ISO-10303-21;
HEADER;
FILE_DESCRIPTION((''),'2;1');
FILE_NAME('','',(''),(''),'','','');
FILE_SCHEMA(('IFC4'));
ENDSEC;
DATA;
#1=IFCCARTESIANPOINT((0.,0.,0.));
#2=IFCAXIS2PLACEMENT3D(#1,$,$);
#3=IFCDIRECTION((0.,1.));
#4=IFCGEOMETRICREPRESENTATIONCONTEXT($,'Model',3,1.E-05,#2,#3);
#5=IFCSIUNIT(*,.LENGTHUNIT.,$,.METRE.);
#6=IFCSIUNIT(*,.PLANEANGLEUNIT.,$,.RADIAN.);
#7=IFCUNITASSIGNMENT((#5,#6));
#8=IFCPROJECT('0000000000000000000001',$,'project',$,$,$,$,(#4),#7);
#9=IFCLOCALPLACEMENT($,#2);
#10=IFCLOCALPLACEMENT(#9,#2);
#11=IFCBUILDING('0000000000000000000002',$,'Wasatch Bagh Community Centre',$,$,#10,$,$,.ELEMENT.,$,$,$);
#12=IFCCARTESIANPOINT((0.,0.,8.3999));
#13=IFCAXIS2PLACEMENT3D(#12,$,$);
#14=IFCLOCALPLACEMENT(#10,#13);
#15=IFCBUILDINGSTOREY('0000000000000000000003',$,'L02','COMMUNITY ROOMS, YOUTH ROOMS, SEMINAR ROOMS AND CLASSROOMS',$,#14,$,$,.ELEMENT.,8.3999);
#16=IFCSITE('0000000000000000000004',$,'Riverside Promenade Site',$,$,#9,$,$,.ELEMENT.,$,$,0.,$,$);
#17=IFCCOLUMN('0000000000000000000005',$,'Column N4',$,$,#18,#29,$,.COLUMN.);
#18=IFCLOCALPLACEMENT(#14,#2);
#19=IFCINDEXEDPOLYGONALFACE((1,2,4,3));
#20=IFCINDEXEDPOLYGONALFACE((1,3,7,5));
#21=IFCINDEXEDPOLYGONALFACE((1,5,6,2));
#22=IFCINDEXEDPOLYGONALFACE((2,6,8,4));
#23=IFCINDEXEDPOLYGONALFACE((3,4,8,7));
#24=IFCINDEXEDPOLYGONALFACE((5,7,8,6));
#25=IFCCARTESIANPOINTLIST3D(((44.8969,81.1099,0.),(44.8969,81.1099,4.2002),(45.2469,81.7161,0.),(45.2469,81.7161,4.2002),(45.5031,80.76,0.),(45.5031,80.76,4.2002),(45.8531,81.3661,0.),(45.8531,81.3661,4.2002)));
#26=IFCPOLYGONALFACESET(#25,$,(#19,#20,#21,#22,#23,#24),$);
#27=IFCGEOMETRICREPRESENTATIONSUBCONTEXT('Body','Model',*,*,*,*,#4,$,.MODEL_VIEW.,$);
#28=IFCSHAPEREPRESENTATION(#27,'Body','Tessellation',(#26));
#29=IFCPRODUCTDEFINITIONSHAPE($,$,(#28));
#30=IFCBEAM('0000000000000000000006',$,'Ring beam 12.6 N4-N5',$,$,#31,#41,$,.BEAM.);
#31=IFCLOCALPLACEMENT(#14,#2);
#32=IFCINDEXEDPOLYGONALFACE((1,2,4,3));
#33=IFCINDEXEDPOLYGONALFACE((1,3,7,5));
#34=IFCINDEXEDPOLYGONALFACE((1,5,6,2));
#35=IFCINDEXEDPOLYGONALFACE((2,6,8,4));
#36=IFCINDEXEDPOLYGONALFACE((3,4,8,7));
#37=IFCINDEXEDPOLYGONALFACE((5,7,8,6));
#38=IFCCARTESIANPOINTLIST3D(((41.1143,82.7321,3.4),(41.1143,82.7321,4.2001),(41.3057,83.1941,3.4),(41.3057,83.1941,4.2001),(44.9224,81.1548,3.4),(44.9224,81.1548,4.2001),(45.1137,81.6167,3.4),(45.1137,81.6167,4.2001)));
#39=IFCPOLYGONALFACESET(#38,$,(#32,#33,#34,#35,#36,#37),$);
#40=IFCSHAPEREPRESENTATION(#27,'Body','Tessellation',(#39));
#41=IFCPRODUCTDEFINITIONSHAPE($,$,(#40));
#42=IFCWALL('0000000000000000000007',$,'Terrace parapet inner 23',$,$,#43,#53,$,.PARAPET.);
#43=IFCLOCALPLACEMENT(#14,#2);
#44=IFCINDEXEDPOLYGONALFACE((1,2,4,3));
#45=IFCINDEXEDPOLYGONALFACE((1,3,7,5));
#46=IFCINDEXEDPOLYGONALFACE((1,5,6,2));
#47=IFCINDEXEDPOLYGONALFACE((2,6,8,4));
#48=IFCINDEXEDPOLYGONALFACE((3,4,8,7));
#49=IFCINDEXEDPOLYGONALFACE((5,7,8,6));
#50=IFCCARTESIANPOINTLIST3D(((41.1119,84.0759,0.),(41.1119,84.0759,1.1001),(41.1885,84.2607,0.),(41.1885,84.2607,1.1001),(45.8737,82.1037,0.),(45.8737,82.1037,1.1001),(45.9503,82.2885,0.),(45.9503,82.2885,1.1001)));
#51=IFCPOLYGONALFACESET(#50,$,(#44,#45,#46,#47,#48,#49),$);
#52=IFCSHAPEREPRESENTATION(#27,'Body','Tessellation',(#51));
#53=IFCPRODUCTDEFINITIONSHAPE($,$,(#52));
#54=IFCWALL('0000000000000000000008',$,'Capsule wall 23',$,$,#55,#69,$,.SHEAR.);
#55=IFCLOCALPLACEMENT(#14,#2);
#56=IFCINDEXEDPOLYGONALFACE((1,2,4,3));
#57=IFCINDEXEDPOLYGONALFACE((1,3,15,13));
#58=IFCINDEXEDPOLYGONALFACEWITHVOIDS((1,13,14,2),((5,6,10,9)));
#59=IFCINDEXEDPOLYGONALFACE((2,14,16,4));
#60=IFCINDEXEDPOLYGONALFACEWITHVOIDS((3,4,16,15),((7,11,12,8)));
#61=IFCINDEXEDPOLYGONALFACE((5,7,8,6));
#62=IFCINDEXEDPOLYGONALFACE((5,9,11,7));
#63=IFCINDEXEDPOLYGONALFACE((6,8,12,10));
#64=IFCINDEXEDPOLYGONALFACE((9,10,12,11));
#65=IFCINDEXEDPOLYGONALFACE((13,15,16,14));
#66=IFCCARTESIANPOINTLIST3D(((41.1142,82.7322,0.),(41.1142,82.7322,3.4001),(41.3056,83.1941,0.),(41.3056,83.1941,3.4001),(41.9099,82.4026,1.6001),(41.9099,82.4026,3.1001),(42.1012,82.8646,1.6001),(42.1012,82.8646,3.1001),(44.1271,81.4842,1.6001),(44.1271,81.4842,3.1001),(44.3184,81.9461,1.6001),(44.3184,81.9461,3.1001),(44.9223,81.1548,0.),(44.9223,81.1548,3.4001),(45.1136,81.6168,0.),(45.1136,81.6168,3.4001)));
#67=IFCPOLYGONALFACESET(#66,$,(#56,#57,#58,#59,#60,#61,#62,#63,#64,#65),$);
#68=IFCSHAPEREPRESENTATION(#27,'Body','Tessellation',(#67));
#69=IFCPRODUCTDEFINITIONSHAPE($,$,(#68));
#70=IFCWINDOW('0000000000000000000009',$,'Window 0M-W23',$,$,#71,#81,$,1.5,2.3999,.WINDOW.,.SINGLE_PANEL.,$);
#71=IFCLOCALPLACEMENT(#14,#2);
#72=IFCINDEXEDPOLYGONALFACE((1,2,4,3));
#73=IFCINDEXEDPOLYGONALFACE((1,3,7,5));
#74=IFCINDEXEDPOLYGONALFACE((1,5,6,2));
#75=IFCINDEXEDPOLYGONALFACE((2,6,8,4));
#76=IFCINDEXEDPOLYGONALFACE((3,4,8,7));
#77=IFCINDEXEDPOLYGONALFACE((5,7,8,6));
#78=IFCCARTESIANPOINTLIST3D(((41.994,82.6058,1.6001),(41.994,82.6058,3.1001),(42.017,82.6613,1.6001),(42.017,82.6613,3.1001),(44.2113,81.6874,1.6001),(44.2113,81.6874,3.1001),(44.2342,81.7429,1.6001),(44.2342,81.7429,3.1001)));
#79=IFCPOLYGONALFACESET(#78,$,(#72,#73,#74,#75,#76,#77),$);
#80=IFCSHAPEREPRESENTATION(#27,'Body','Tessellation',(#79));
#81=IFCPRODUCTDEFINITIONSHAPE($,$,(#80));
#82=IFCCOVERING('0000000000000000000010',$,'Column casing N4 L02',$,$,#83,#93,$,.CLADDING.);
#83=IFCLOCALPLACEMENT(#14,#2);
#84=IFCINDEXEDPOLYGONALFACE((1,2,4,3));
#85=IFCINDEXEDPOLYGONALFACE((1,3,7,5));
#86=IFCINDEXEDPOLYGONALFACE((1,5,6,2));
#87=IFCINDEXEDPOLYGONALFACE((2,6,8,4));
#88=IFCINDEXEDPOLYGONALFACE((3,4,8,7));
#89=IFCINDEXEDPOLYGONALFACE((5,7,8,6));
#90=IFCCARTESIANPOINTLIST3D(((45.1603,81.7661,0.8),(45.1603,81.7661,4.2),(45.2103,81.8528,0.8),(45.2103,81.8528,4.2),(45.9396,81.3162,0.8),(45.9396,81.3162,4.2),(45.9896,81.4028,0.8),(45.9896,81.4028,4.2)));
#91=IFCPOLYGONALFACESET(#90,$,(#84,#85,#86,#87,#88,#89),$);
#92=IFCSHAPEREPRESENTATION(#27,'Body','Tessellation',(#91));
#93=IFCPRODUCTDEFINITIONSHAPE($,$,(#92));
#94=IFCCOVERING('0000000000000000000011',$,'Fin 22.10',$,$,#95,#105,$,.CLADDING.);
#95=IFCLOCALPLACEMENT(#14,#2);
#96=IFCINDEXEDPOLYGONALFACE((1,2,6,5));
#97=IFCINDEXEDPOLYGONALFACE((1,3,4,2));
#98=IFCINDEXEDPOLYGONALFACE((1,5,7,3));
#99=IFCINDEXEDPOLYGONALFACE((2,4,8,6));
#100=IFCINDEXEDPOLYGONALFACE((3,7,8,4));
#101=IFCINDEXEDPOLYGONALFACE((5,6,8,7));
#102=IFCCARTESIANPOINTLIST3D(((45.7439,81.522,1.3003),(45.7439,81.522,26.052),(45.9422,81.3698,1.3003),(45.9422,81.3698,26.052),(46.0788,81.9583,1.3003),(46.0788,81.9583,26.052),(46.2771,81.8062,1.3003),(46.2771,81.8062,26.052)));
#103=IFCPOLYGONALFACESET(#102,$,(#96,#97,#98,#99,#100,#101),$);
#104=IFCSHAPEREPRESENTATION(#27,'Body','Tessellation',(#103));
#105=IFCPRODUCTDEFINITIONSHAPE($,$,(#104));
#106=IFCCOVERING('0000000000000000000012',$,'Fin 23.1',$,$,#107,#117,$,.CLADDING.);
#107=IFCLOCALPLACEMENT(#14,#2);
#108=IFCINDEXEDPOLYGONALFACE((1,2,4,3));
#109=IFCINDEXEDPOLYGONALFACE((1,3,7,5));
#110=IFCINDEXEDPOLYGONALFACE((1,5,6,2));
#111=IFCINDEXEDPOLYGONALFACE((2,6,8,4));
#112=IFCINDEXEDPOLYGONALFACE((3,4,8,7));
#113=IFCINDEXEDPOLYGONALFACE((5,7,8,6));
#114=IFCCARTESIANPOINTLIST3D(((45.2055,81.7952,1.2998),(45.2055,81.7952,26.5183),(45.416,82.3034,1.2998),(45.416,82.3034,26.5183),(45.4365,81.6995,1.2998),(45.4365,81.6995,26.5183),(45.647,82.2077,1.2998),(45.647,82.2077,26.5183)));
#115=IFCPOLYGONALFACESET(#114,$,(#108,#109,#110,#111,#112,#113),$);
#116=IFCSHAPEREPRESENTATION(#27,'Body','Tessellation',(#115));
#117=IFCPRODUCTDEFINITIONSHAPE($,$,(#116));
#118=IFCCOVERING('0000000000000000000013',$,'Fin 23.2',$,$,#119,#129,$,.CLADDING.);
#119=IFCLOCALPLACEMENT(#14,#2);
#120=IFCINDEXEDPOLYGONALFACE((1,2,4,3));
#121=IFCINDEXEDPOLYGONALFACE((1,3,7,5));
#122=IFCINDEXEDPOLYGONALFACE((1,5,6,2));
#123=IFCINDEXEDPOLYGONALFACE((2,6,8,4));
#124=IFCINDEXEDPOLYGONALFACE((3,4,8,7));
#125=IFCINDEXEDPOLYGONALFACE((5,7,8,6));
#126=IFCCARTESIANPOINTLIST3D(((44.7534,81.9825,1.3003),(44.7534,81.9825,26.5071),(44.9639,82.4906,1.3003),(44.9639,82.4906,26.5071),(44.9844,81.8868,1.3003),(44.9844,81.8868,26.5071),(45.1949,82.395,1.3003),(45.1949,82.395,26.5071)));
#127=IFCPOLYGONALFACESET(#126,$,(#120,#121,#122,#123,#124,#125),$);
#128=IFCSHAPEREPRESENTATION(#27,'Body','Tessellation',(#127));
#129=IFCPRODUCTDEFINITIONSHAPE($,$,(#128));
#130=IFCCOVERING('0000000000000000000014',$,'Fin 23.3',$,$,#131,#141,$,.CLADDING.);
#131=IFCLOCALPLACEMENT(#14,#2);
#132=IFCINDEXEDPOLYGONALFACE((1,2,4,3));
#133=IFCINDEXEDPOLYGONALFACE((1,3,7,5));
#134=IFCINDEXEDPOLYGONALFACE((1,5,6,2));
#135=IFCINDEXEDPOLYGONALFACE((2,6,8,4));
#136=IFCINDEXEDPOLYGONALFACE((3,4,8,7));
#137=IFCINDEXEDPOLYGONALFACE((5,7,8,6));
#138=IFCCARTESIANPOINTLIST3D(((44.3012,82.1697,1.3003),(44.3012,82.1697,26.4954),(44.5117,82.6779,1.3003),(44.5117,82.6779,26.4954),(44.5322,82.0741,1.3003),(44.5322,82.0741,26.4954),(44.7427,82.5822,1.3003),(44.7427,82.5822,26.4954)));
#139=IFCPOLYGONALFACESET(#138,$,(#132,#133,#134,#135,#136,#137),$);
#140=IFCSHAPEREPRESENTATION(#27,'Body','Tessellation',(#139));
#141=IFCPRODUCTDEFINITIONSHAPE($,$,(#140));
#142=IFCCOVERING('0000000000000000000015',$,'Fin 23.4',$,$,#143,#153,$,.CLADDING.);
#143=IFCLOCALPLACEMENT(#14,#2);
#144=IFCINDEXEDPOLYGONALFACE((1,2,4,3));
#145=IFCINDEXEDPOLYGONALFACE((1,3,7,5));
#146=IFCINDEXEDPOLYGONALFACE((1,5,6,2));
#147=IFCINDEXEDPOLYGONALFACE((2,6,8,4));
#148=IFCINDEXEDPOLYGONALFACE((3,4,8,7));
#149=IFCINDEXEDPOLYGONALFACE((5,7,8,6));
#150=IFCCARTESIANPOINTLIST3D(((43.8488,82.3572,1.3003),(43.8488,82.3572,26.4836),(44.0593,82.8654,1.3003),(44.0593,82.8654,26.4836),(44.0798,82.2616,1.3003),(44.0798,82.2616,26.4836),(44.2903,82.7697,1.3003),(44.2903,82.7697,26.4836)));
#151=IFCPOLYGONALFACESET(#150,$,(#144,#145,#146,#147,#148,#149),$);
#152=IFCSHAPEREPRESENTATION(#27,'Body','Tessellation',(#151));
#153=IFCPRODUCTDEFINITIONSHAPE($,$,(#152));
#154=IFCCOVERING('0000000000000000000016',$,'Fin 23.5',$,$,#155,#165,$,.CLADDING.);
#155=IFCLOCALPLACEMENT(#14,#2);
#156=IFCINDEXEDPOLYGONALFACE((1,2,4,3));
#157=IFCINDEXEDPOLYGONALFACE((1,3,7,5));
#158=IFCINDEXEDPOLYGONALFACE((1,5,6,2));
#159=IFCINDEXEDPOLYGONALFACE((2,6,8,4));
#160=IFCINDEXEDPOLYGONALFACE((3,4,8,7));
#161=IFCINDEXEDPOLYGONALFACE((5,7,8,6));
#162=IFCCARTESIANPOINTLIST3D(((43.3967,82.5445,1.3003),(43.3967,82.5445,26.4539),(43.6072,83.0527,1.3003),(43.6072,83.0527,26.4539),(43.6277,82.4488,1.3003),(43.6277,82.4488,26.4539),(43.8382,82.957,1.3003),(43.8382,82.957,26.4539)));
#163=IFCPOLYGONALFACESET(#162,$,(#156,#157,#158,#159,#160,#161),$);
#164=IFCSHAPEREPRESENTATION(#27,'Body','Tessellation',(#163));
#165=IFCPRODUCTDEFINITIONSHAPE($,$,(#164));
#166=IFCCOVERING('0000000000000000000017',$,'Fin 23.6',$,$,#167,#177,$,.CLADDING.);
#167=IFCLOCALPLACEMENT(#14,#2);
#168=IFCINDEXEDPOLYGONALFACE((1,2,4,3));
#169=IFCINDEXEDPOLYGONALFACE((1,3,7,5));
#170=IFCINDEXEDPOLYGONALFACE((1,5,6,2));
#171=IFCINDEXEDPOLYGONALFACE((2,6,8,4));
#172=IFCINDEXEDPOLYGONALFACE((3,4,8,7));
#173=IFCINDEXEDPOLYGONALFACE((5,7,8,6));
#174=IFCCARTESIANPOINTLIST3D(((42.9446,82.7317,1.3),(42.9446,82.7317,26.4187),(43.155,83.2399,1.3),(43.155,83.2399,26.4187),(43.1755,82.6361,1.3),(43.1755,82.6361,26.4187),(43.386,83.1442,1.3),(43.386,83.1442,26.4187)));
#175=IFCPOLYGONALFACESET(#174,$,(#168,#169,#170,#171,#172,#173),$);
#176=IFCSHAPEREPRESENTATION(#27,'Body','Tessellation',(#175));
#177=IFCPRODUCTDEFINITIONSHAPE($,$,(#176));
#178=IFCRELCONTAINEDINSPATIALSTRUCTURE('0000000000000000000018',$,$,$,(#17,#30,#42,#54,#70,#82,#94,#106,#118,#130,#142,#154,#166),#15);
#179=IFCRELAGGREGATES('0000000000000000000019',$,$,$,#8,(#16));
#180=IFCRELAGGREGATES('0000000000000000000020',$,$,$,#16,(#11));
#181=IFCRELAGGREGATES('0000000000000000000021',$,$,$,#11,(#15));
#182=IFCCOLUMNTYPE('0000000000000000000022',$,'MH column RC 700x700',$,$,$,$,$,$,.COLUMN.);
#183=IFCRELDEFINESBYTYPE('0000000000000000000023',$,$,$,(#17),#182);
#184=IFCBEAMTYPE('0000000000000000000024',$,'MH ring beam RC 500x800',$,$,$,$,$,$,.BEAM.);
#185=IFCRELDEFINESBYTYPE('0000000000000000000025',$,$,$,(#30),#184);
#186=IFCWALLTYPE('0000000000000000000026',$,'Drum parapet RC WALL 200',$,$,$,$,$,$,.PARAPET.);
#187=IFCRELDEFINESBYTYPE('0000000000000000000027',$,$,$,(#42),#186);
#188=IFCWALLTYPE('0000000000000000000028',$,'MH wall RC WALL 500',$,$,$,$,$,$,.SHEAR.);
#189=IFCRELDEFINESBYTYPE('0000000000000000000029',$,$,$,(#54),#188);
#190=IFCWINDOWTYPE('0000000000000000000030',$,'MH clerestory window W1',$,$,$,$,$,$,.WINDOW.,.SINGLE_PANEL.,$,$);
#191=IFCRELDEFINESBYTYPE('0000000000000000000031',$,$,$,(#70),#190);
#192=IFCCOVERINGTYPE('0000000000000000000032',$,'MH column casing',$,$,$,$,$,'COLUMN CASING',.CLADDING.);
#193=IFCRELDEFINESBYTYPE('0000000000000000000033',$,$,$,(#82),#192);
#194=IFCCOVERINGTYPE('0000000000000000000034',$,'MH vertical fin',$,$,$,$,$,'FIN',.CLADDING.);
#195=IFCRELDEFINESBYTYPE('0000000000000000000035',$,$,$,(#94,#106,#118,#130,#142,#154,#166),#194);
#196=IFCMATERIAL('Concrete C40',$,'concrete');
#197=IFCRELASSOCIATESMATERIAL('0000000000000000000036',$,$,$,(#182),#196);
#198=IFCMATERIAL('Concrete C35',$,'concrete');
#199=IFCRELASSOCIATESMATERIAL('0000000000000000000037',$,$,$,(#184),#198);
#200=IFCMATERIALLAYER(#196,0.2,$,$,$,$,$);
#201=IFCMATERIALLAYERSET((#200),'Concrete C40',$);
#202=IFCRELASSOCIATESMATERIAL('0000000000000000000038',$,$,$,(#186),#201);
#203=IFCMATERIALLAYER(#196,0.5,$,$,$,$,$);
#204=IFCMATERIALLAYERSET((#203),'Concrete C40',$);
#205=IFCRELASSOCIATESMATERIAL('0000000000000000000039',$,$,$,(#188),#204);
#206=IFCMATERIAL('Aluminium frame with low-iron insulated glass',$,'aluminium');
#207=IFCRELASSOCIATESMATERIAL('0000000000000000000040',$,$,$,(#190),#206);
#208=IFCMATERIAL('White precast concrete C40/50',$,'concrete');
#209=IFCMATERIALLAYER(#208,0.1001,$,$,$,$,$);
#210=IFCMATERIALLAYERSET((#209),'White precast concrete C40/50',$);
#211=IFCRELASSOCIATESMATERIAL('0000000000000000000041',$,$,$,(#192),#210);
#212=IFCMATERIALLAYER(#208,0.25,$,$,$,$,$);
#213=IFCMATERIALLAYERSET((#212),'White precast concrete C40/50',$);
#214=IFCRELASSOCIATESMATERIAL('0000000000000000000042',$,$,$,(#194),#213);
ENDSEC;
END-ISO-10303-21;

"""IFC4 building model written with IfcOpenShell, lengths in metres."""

from ifc_helpers import new_model, si_unit, direction, frame, frame_2d, origin, origin_2d, place, context, subcontext, project, spatial, rectangle, extrude, material, layer, layer_set, material_profile, profile_set, type_object, element, fill, save


model = new_model("IFC4")

# Units and contexts
model_context = context("Model", 3, precision=1e-05, world=origin(), true_north=direction((0.0, 1.0)))
body_context = subcontext(model_context, "Body", "Model", "MODEL_VIEW")
ifc_project = project(units=[si_unit("LENGTHUNIT", "METRE"), si_unit("PLANEANGLEUNIT", "RADIAN")], contexts=[model_context])

# Site, building, storey
site_placement = place(None, origin())
site = spatial("IfcSite", under=ifc_project, at=site_placement, Name="Riverside Promenade Site", CompositionType="ELEMENT", RefElevation=0.0)
building_placement = place(site_placement, origin())
building = spatial("IfcBuilding", under=site, at=building_placement, Name="Wasatch Bagh Community Centre", CompositionType="ELEMENT")
storey_placement = place(building_placement, frame((0.0, 0.0, 8.3999)))
storey = spatial("IfcBuildingStorey", under=building, at=storey_placement, Name="L02", Description="COMMUNITY ROOMS, YOUTH ROOMS, SEMINAR ROOMS AND CLASSROOMS", CompositionType="ELEMENT", Elevation=8.3999)

# Column
ifc_material_1 = material(Name="Concrete C40", Category="concrete")
ifc_material_profile_1 = material_profile(ifc_material_1, rectangle(XDim=0.7, YDim=0.7, at=origin_2d()), Name="RC 700x700")
ifc_profile_set_1 = profile_set([ifc_material_profile_1], Name="Concrete C40")
column_type = type_object("IfcColumnType", Name="MH column RC 700x700", PredefinedType="COLUMN", material=ifc_profile_set_1)
column_placement = place(storey_placement, frame((45.375, 81.238, 0.0), z_axis=(0.0, 0.0, 1.0), x_axis=(0.5, 0.866025, 0.0)))
element("IfcColumn", 1, at=column_placement, inside=storey, type_object=column_type, Name="Column N4", PredefinedType="COLUMN", context=body_context, shape_type="SweptSolid", body=[
    extrude(rectangle(XDim=0.7, YDim=0.7, at=origin_2d()), origin(), (0.0, 0.0, 1.0), 4.2002),
])

# Beam
ifc_material_2 = material(Name="Concrete C35", Category="concrete")
ifc_material_profile_2 = material_profile(ifc_material_2, rectangle(XDim=0.5, YDim=0.8, at=origin_2d()), Name="RC 500x800")
ifc_profile_set_2 = profile_set([ifc_material_profile_2], Name="Concrete C35")
beam_type = type_object("IfcBeamType", Name="MH ring beam RC 500x800", PredefinedType="BEAM", material=ifc_profile_set_2)
beam_placement = place(storey_placement, frame((45.0181, 81.3857, 3.8), z_axis=(-0.923878, 0.382688, 0.0), x_axis=(-0.382688, -0.923878, 0.0)))
element("IfcBeam", 2, at=beam_placement, inside=storey, type_object=beam_type, Name="Ring beam 12.6 N4-N5", PredefinedType="BEAM", context=body_context, shape_type="SweptSolid", body=[
    extrude(rectangle(XDim=0.5, YDim=0.8, at=origin_2d()), origin(), (0.0, 0.0, 1.0), 4.1218),
])

# Wall
ifc_layer_1 = layer(ifc_material_1, 0.2)
ifc_layer_set_1 = layer_set([ifc_layer_1], Name="Concrete C40")
wall_type_1 = type_object("IfcWallType", Name="Drum parapet RC WALL 200", PredefinedType="PARAPET", material=ifc_layer_set_1)
wall_1_placement = place(storey_placement, frame((45.9121, 82.196, 0.0), z_axis=(0.0, 0.0, 1.0), x_axis=(-0.923893, 0.38265, 0.0)))
element("IfcWall", 3, at=wall_1_placement, inside=storey, type_object=wall_type_1, Name="Terrace parapet inner 23", PredefinedType="PARAPET", context=body_context, shape_type="SweptSolid", body=[
    extrude(rectangle(XDim=5.1541, YDim=0.2, at=frame_2d((2.5771, 0.0))), origin(), (0.0, 0.0, 1.0), 1.1001),
])

# Wall, opening, window
ifc_layer_2 = layer(ifc_material_1, 0.5)
ifc_layer_set_2 = layer_set([ifc_layer_2], Name="Concrete C40")
wall_type_2 = type_object("IfcWallType", Name="MH wall RC WALL 500", PredefinedType="SHEAR", material=ifc_layer_set_2)
wall_2_placement = place(storey_placement, frame((45.0181, 81.3857, 0.0), z_axis=(0.0, 0.0, 1.0), x_axis=(-0.923878, 0.382688, 0.0)))
wall_2 = element("IfcWall", 4, at=wall_2_placement, inside=storey, type_object=wall_type_2, Name="Capsule wall 23", PredefinedType="SHEAR", context=body_context, shape_type="SweptSolid", body=[
    extrude(rectangle(XDim=4.1218, YDim=0.5, at=frame_2d((2.061, 0.0))), origin(), (0.0, 0.0, 1.0), 3.4001),
])
opening_placement = place(wall_2_placement, frame((0.8608, 0.0, 1.6001)))
opening = element("IfcOpeningElement", 5, at=opening_placement, cuts=wall_2, PredefinedType="OPENING", context=body_context, shape_type="SweptSolid", body=[
    extrude(rectangle(XDim=2.3999, YDim=1.5, at=frame_2d((1.2, 0.75))), frame((0.0, 0.26, 0.0), z_axis=(0.0, -1.0, 0.0), x_axis=(1.0, 0.0, 0.0)), (0.0, 0.0, 1.0), 0.52),
])
ifc_material_3 = material(Name="Aluminium frame with low-iron insulated glass", Category="aluminium")
window_type = type_object("IfcWindowType", Name="MH clerestory window W1", PartitioningType="SINGLE_PANEL", PredefinedType="WINDOW", material=ifc_material_3)
window_placement = place(opening_placement, origin())
window = element("IfcWindow", 6, at=window_placement, inside=storey, type_object=window_type, Name="Window 0M-W23", OverallHeight=1.5, OverallWidth=2.3999, PartitioningType="SINGLE_PANEL", PredefinedType="WINDOW", context=body_context, shape_type="SweptSolid", body=[
    extrude(rectangle(XDim=2.3999, YDim=1.5, at=frame_2d((1.2, 0.75))), frame((0.0, 0.03, 0.0), z_axis=(0.0, -1.0, 0.0), x_axis=(1.0, 0.0, 0.0)), (0.0, 0.0, 1.0), 0.0601),
])
fill(opening, window)

# Coverings
ifc_material_4 = material(Name="White precast concrete C40/50", Category="concrete")
ifc_layer_3 = layer(ifc_material_4, 0.1001)
ifc_layer_set_3 = layer_set([ifc_layer_3], Name="White precast concrete C40/50")
covering_type_1 = type_object("IfcCoveringType", Name="MH column casing", ElementType="COLUMN CASING", PredefinedType="CLADDING", material=ifc_layer_set_3)
covering_1_placement = place(storey_placement, frame((45.575, 81.5845, 0.8), z_axis=(0.0, 0.0, 1.0), x_axis=(-0.866025, 0.5, 0.0)))
element("IfcCovering", 7, at=covering_1_placement, inside=storey, type_object=covering_type_1, Name="Column casing N4 L02", PredefinedType="CLADDING", context=body_context, shape_type="SweptSolid", body=[
    extrude(rectangle(XDim=0.8999, YDim=0.1001, at=origin_2d()), origin(), (0.0, 0.0, 1.0), 3.3999),
])
ifc_layer_4 = layer(ifc_material_4, 0.25)
ifc_layer_set_4 = layer_set([ifc_layer_4], Name="White precast concrete C40/50")
covering_type_2 = type_object("IfcCoveringType", Name="MH vertical fin", ElementType="FIN", PredefinedType="CLADDING", material=ifc_layer_set_4)
covering_2_placement = place(storey_placement, frame((46.0105, 81.6641, 1.3003), z_axis=(0.0, 0.0, 1.0), x_axis=(-0.793353, 0.608761, 0.0)))
element("IfcCovering", 8, at=covering_2_placement, inside=storey, type_object=covering_type_2, Name="Fin 22.10", PredefinedType="CLADDING", context=body_context, shape_type="SweptSolid", body=[
    extrude(rectangle(XDim=0.25, YDim=0.55, at=origin_2d()), origin(), (0.0, 0.0, 1.0), 24.7517),
])
covering_3_placement = place(storey_placement, frame((45.4263, 82.0015, 1.2998), z_axis=(0.0, 0.0, 1.0), x_axis=(-0.92388, 0.382683, 0.0)))
element("IfcCovering", 9, at=covering_3_placement, inside=storey, type_object=covering_type_2, Name="Fin 23.1", PredefinedType="CLADDING", context=body_context, shape_type="SweptSolid", body=[
    extrude(rectangle(XDim=0.25, YDim=0.55, at=origin_2d()), origin(), (0.0, 0.0, 1.0), 25.2185),
])
covering_4_placement = place(storey_placement, frame((44.9741, 82.1887, 1.3003), z_axis=(0.0, 0.0, 1.0), x_axis=(-0.92388, 0.382683, 0.0)))
element("IfcCovering", 10, at=covering_4_placement, inside=storey, type_object=covering_type_2, Name="Fin 23.2", PredefinedType="CLADDING", context=body_context, shape_type="SweptSolid", body=[
    extrude(rectangle(XDim=0.25, YDim=0.55, at=origin_2d()), origin(), (0.0, 0.0, 1.0), 25.2068),
])
covering_5_placement = place(storey_placement, frame((44.522, 82.376, 1.3003), z_axis=(0.0, 0.0, 1.0), x_axis=(-0.92388, 0.382683, 0.0)))
element("IfcCovering", 11, at=covering_5_placement, inside=storey, type_object=covering_type_2, Name="Fin 23.3", PredefinedType="CLADDING", context=body_context, shape_type="SweptSolid", body=[
    extrude(rectangle(XDim=0.25, YDim=0.55, at=origin_2d()), origin(), (0.0, 0.0, 1.0), 25.1951),
])
covering_6_placement = place(storey_placement, frame((44.0696, 82.5635, 1.3003), z_axis=(0.0, 0.0, 1.0), x_axis=(-0.92388, 0.382683, 0.0)))
element("IfcCovering", 12, at=covering_6_placement, inside=storey, type_object=covering_type_2, Name="Fin 23.4", PredefinedType="CLADDING", context=body_context, shape_type="SweptSolid", body=[
    extrude(rectangle(XDim=0.25, YDim=0.55, at=origin_2d()), origin(), (0.0, 0.0, 1.0), 25.1833),
])
covering_7_placement = place(storey_placement, frame((43.6174, 82.7507, 1.3003), z_axis=(0.0, 0.0, 1.0), x_axis=(-0.92388, 0.382683, 0.0)))
element("IfcCovering", 13, at=covering_7_placement, inside=storey, type_object=covering_type_2, Name="Fin 23.5", PredefinedType="CLADDING", context=body_context, shape_type="SweptSolid", body=[
    extrude(rectangle(XDim=0.25, YDim=0.55, at=origin_2d()), origin(), (0.0, 0.0, 1.0), 25.1536),
])
covering_8_placement = place(storey_placement, frame((43.1653, 82.938, 1.3), z_axis=(0.0, 0.0, 1.0), x_axis=(-0.92388, 0.382683, 0.0)))
element("IfcCovering", 14, at=covering_8_placement, inside=storey, type_object=covering_type_2, Name="Fin 23.6", PredefinedType="CLADDING", context=body_context, shape_type="SweptSolid", body=[
    extrude(rectangle(XDim=0.25, YDim=0.55, at=origin_2d()), origin(), (0.0, 0.0, 1.0), 25.1187),
])

save(model, "model.ifc")
